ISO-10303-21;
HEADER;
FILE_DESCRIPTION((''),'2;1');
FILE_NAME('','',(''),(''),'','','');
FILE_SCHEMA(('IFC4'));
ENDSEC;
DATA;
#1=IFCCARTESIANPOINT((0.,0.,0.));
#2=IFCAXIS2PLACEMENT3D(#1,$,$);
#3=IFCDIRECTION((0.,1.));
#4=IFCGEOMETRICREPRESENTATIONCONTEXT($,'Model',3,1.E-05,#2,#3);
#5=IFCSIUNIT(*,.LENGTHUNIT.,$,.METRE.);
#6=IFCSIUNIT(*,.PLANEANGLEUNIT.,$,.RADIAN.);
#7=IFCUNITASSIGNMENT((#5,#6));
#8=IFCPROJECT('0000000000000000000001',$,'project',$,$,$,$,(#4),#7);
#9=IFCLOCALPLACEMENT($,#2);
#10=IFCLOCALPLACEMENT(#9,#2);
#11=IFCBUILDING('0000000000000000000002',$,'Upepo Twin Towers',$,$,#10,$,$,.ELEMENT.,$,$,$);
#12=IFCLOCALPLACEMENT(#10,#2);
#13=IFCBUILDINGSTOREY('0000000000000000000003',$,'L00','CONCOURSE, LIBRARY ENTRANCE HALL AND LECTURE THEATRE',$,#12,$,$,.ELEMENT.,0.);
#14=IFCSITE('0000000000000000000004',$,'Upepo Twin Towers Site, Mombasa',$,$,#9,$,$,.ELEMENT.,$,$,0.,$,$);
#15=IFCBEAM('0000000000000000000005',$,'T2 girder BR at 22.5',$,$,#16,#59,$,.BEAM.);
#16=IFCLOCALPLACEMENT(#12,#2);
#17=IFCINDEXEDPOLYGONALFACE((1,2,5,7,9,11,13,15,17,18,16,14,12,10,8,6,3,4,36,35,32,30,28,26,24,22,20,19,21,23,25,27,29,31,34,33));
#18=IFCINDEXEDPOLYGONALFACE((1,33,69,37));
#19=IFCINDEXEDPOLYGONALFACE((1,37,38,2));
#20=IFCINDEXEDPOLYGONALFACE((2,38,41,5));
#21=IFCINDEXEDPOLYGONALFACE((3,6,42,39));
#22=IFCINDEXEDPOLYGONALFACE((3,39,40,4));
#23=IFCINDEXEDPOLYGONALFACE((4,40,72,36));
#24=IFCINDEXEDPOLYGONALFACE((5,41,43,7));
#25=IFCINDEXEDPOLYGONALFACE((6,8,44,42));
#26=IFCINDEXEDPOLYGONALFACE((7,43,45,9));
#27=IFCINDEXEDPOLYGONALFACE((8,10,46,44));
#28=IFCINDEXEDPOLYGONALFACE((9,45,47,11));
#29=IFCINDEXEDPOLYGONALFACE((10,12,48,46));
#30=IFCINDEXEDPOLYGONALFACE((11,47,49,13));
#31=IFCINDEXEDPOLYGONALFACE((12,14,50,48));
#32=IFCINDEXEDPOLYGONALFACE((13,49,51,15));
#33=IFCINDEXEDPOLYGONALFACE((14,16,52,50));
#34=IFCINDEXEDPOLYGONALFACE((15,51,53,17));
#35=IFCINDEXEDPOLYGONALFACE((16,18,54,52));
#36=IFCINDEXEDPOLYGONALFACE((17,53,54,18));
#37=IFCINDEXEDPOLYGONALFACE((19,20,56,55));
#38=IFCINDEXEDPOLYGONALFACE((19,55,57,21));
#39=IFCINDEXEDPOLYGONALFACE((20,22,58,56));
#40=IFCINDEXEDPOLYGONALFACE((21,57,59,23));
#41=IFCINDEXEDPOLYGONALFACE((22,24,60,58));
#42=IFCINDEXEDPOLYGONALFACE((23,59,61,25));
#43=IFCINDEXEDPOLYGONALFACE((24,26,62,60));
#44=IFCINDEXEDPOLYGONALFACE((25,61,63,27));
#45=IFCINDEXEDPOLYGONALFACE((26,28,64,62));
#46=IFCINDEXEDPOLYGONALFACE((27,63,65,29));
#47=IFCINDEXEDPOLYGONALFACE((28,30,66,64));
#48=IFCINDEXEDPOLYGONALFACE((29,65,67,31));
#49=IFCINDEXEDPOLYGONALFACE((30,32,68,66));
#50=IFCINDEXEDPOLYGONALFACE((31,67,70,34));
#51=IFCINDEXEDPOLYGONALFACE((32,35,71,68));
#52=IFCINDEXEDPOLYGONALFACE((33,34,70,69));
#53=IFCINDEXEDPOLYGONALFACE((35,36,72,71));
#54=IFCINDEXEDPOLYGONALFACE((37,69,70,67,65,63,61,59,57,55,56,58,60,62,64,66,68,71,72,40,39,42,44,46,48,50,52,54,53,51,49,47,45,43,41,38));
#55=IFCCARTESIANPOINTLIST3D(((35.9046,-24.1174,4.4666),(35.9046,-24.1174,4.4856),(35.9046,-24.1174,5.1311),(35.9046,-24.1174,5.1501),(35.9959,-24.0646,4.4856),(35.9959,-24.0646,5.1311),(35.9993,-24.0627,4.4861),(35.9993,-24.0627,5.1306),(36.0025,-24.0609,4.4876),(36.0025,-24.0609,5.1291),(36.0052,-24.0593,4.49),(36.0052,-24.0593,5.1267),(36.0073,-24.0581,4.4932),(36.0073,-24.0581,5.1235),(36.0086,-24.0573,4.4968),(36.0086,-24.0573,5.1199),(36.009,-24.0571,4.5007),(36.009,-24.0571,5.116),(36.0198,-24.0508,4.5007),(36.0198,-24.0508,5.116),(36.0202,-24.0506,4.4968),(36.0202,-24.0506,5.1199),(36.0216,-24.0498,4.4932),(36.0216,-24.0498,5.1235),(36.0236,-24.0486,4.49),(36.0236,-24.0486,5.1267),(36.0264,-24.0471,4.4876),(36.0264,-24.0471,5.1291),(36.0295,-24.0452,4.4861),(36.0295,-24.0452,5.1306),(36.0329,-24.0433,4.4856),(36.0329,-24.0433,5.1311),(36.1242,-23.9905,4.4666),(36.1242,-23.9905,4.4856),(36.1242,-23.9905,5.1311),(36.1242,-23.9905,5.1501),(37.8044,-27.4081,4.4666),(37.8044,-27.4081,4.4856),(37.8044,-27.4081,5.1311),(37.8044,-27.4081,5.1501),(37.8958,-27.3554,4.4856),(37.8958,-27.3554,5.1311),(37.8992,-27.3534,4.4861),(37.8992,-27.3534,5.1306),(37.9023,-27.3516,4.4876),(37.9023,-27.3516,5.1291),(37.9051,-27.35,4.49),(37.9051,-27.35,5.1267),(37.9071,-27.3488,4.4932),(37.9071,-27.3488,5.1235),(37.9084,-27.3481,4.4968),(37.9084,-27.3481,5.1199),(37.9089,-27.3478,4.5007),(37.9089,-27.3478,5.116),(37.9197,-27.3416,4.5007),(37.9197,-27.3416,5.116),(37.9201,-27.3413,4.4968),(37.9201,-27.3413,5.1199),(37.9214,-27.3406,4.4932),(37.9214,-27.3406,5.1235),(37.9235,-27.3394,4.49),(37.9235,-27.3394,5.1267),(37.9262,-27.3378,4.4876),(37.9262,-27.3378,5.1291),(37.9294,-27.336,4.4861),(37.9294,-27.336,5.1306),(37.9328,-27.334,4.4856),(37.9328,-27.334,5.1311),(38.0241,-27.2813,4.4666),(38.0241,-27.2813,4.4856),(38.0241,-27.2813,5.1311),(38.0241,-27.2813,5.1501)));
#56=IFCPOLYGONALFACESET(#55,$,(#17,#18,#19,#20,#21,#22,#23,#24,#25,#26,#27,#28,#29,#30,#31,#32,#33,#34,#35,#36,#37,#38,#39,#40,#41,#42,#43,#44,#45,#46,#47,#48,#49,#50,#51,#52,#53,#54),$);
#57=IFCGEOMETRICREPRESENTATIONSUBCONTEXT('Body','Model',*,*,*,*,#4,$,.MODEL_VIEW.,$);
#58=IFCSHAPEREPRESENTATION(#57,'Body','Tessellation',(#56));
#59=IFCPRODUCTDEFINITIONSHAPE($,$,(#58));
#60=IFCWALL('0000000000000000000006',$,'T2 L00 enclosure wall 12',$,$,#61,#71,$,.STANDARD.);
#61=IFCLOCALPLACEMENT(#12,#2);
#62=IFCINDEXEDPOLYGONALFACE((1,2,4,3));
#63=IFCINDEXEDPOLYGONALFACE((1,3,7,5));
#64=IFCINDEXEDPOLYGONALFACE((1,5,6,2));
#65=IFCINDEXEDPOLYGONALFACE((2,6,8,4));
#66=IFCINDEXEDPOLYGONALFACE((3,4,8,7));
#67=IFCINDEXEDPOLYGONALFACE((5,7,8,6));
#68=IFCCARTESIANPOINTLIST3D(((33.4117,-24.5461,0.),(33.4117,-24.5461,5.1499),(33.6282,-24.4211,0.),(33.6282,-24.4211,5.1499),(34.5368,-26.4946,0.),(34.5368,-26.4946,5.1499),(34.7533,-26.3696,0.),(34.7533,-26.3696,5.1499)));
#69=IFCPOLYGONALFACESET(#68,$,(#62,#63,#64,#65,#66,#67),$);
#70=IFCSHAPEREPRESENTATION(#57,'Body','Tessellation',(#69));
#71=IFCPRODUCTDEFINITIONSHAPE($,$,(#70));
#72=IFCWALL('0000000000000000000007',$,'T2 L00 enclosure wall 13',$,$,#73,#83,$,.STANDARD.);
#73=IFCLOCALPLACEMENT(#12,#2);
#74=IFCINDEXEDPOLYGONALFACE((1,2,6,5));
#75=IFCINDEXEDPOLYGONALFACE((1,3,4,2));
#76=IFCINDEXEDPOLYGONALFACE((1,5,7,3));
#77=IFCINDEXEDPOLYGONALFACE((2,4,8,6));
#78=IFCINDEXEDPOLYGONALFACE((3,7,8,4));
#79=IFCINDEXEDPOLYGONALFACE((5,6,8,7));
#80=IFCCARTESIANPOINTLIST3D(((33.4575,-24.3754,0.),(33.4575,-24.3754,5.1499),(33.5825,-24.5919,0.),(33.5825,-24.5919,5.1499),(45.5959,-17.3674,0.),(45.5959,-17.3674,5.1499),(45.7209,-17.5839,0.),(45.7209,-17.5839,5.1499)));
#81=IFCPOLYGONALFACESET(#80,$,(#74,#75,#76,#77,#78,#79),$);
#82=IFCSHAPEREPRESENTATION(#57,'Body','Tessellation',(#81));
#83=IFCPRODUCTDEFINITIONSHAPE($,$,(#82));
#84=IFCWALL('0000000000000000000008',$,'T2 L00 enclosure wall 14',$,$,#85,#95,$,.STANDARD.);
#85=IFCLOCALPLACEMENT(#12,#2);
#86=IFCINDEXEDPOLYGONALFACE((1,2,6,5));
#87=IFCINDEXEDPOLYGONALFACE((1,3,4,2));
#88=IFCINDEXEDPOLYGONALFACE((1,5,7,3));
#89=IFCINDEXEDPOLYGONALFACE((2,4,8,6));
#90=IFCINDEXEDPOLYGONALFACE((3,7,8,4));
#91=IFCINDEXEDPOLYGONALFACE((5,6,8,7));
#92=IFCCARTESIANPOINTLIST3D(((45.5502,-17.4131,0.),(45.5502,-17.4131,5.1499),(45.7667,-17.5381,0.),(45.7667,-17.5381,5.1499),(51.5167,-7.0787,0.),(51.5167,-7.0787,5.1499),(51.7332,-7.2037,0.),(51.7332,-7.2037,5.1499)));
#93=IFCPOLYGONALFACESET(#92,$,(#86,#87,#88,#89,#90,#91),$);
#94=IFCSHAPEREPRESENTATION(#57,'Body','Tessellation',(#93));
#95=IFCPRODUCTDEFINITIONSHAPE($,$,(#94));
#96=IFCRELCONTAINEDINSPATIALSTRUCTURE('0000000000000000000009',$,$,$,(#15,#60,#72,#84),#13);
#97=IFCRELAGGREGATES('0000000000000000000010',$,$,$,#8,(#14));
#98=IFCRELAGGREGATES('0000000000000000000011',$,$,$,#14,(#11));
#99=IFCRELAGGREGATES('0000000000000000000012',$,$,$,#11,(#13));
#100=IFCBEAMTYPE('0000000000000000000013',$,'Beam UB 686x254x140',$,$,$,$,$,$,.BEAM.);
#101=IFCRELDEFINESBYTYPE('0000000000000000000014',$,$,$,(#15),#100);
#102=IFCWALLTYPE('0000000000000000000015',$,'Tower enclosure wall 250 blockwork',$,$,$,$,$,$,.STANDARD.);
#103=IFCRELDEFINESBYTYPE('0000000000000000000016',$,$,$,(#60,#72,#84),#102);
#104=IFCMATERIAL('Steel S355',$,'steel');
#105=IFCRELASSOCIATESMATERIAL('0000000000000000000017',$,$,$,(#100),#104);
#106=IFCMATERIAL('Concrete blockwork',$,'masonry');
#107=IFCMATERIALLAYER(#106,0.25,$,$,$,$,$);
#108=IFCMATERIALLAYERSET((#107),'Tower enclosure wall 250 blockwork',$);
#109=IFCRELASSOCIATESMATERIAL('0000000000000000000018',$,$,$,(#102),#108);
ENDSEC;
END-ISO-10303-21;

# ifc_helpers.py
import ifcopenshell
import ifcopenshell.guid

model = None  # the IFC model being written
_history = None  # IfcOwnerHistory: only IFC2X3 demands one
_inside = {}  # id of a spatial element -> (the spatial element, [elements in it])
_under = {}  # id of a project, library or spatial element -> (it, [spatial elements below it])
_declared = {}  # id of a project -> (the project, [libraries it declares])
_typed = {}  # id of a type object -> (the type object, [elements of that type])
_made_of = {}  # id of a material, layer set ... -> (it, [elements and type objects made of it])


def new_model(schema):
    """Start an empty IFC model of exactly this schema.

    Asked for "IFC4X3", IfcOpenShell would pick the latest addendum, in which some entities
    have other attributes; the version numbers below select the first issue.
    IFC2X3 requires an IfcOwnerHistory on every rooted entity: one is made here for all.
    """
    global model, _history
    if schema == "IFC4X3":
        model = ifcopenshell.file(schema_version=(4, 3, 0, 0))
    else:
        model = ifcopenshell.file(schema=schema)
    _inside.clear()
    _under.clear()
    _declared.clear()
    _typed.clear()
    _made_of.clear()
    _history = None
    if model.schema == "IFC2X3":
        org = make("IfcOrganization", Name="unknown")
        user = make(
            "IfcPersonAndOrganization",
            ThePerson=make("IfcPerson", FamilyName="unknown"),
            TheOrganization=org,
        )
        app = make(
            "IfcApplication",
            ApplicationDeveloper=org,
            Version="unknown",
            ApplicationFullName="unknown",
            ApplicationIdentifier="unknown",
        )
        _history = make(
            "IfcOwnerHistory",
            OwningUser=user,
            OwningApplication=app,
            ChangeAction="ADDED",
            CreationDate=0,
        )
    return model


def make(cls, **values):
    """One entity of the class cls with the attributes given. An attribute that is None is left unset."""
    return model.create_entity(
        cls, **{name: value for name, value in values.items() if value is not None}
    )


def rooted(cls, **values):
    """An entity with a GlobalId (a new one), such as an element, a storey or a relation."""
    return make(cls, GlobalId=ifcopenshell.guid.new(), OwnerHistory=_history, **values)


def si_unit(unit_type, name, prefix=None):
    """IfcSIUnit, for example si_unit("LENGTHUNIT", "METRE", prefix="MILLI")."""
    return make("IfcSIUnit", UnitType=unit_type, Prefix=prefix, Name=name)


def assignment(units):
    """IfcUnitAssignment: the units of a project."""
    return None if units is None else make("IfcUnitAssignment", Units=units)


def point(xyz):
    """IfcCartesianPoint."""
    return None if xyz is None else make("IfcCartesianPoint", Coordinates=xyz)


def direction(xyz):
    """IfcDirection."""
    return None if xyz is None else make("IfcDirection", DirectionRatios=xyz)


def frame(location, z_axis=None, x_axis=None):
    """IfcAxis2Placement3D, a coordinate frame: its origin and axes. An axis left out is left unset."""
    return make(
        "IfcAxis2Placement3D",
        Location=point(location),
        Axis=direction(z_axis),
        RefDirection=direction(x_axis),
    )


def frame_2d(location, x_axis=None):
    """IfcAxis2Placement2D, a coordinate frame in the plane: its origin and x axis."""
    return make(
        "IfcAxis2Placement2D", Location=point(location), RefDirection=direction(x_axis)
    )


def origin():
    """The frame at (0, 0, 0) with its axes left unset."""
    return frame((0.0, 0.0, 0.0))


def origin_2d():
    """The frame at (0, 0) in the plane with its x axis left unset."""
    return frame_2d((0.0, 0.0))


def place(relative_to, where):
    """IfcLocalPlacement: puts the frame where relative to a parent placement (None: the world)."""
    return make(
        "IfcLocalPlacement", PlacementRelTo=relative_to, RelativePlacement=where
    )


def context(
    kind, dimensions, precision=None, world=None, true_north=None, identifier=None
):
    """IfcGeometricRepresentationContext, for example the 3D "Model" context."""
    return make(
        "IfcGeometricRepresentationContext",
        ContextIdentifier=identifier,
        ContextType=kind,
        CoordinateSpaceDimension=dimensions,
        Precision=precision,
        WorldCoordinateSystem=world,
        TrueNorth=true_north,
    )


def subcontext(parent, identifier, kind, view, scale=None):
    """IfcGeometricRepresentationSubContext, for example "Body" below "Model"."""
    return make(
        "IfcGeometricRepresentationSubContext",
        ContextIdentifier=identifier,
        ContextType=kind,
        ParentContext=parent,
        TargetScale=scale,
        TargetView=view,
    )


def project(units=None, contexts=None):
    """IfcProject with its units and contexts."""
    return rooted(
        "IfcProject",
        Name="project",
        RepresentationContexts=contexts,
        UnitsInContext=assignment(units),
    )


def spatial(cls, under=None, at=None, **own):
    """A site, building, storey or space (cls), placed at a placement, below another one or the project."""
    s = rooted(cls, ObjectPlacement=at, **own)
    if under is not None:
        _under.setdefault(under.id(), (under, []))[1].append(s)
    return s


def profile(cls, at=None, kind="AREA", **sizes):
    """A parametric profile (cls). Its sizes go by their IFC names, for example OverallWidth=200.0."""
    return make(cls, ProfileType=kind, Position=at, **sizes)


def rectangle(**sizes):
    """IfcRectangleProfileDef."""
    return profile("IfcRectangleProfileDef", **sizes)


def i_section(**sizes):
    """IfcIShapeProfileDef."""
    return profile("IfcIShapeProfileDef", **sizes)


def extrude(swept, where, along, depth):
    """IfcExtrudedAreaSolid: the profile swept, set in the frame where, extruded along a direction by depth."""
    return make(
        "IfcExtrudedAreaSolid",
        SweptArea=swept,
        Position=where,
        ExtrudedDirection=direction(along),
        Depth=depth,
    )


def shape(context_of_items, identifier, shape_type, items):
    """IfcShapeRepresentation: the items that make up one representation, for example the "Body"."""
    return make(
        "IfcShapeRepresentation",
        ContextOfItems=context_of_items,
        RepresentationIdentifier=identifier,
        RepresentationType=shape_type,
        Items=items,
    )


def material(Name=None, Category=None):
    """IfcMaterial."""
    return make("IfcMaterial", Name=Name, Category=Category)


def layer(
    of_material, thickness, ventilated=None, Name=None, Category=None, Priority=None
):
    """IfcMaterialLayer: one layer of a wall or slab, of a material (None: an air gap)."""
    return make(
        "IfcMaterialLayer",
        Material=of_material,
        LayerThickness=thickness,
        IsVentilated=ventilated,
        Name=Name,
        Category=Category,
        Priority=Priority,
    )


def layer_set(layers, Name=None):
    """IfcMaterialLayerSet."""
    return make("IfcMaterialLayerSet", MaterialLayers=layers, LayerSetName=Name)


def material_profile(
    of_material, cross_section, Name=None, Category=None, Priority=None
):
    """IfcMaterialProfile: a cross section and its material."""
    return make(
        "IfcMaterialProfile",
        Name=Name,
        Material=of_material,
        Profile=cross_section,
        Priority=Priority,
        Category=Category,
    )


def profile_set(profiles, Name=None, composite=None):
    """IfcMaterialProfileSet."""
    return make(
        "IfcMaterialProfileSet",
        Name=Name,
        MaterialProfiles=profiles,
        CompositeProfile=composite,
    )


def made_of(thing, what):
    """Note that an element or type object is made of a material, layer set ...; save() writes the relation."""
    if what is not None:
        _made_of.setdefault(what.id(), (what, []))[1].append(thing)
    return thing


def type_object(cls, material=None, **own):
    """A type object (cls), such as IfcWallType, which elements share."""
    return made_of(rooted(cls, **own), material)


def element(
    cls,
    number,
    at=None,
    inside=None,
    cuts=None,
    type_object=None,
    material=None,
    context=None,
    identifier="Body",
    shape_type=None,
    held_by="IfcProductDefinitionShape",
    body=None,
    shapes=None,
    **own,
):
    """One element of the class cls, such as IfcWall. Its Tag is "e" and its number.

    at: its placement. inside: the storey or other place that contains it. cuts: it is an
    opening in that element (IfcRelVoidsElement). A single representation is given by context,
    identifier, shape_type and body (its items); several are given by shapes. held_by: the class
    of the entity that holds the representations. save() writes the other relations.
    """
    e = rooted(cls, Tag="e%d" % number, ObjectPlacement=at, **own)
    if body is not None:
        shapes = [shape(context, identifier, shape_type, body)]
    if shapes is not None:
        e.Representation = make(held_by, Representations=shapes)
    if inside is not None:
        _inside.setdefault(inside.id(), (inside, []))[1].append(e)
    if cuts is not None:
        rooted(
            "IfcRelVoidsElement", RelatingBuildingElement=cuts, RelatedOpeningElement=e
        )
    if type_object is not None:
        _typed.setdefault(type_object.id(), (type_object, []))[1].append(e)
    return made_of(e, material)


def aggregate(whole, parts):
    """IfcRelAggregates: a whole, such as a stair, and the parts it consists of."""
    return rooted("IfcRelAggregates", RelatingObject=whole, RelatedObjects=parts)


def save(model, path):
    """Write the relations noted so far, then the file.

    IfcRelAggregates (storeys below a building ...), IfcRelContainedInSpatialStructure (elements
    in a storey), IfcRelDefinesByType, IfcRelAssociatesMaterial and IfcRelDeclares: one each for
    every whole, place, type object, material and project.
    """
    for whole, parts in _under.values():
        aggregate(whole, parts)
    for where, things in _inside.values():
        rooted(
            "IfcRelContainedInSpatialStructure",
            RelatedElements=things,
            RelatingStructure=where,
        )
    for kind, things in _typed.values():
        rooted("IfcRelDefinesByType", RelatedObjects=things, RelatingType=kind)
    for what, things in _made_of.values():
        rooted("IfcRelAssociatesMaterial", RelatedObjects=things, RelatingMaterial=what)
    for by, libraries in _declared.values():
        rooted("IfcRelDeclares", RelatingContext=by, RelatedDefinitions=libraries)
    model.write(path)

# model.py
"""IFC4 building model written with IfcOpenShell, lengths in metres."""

from ifc_helpers import new_model, si_unit, direction, frame, frame_2d, origin, origin_2d, place, context, subcontext, project, spatial, rectangle, i_section, extrude, material, layer, layer_set, material_profile, profile_set, type_object, element, save


model = new_model("IFC4")

# Units and contexts
model_context = context("Model", 3, precision=1e-05, world=origin(), true_north=direction((0.0, 1.0)))
body_context = subcontext(model_context, "Body", "Model", "MODEL_VIEW")
ifc_project = project(units=[si_unit("LENGTHUNIT", "METRE"), si_unit("PLANEANGLEUNIT", "RADIAN")], contexts=[model_context])

# Site, building, storey
site_placement = place(None, origin())
site = spatial("IfcSite", under=ifc_project, at=site_placement, Name="Upepo Twin Towers Site, Mombasa", CompositionType="ELEMENT", RefElevation=0.0)
building_placement = place(site_placement, origin())
building = spatial("IfcBuilding", under=site, at=building_placement, Name="Upepo Twin Towers", CompositionType="ELEMENT")
storey_placement = place(building_placement, origin())
storey = spatial("IfcBuildingStorey", under=building, at=storey_placement, Name="L00", Description="CONCOURSE, LIBRARY ENTRANCE HALL AND LECTURE THEATRE", CompositionType="ELEMENT", Elevation=0.0)

# Beam
ifc_material_1 = material(Name="Steel S355", Category="steel")
ifc_material_profile_1 = material_profile(ifc_material_1, i_section(OverallWidth=0.2537, OverallDepth=0.6836, WebThickness=0.0125, FlangeThickness=0.019, FilletRadius=0.0151, at=origin_2d()), Name="UB 686x254x140")
ifc_profile_set_1 = profile_set([ifc_material_profile_1], Name="Steel S355")
beam_type_1 = type_object("IfcBeamType", Name="Beam UB 686x254x140", PredefinedType="BEAM", material=ifc_profile_set_1)
for number, where, z_axis, x_axis, name in (
    (1, (36.0144, -24.054, 4.8083), (0.499995, -0.866028, 0.0), (0.866028, 0.499995, 0.0), "T2 girder BR at 22.5"),
):
    element("IfcBeam", number, at=place(storey_placement, frame(where, z_axis=z_axis, x_axis=x_axis)), inside=storey, type_object=beam_type_1, Name=name, PredefinedType="BEAM", context=body_context, shape_type="SweptSolid", body=[
        extrude(i_section(OverallWidth=0.2537, OverallDepth=0.6836, WebThickness=0.0125, FlangeThickness=0.019, FilletRadius=0.0151, at=origin_2d()), origin(), (0.0, 0.0, 1.0), 3.7998),
    ])

# Walls
ifc_material_2 = material(Name="Concrete blockwork", Category="masonry")
ifc_layer = layer(ifc_material_2, 0.25)
ifc_layer_set = layer_set([ifc_layer], Name="Tower enclosure wall 250 blockwork")
wall_type = type_object("IfcWallType", Name="Tower enclosure wall 250 blockwork", PredefinedType="STANDARD", material=ifc_layer_set)
wall_1_placement = place(storey_placement, frame((34.645, -26.4321, 0.0), z_axis=(0.0, 0.0, 1.0), x_axis=(-0.500014, 0.866018, 0.0)))
element("IfcWall", 2, at=wall_1_placement, inside=storey, type_object=wall_type, Name="T2 L00 enclosure wall 12", PredefinedType="STANDARD", context=body_context, shape_type="SweptSolid", body=[
    extrude(rectangle(XDim=2.25, YDim=0.25, at=frame_2d((1.125, 0.0))), origin(), (0.0, 0.0, 1.0), 5.1499),
])
wall_2_placement = place(storey_placement, frame((33.52, -24.4836, 0.0), z_axis=(0.0, 0.0, 1.0), x_axis=(0.866028, 0.499996, 0.0)))
element("IfcWall", 3, at=wall_2_placement, inside=storey, type_object=wall_type, Name="T2 L00 enclosure wall 13", PredefinedType="STANDARD", context=body_context, shape_type="SweptSolid", body=[
    extrude(rectangle(XDim=14.0161, YDim=0.25, at=frame_2d((7.0081, 0.0))), origin(), (0.0, 0.0, 1.0), 5.1499),
])
wall_3_placement = place(storey_placement, frame((45.6584, -17.4756, 0.0), z_axis=(0.0, 0.0, 1.0), x_axis=(0.499996, 0.866028, 0.0)))
element("IfcWall", 4, at=wall_3_placement, inside=storey, type_object=wall_type, Name="T2 L00 enclosure wall 14", PredefinedType="STANDARD", context=body_context, shape_type="SweptSolid", body=[
    extrude(rectangle(XDim=11.9331, YDim=0.25, at=frame_2d((5.9666, 0.0))), origin(), (0.0, 0.0, 1.0), 5.1499),
])

save(model, "model.ifc")
